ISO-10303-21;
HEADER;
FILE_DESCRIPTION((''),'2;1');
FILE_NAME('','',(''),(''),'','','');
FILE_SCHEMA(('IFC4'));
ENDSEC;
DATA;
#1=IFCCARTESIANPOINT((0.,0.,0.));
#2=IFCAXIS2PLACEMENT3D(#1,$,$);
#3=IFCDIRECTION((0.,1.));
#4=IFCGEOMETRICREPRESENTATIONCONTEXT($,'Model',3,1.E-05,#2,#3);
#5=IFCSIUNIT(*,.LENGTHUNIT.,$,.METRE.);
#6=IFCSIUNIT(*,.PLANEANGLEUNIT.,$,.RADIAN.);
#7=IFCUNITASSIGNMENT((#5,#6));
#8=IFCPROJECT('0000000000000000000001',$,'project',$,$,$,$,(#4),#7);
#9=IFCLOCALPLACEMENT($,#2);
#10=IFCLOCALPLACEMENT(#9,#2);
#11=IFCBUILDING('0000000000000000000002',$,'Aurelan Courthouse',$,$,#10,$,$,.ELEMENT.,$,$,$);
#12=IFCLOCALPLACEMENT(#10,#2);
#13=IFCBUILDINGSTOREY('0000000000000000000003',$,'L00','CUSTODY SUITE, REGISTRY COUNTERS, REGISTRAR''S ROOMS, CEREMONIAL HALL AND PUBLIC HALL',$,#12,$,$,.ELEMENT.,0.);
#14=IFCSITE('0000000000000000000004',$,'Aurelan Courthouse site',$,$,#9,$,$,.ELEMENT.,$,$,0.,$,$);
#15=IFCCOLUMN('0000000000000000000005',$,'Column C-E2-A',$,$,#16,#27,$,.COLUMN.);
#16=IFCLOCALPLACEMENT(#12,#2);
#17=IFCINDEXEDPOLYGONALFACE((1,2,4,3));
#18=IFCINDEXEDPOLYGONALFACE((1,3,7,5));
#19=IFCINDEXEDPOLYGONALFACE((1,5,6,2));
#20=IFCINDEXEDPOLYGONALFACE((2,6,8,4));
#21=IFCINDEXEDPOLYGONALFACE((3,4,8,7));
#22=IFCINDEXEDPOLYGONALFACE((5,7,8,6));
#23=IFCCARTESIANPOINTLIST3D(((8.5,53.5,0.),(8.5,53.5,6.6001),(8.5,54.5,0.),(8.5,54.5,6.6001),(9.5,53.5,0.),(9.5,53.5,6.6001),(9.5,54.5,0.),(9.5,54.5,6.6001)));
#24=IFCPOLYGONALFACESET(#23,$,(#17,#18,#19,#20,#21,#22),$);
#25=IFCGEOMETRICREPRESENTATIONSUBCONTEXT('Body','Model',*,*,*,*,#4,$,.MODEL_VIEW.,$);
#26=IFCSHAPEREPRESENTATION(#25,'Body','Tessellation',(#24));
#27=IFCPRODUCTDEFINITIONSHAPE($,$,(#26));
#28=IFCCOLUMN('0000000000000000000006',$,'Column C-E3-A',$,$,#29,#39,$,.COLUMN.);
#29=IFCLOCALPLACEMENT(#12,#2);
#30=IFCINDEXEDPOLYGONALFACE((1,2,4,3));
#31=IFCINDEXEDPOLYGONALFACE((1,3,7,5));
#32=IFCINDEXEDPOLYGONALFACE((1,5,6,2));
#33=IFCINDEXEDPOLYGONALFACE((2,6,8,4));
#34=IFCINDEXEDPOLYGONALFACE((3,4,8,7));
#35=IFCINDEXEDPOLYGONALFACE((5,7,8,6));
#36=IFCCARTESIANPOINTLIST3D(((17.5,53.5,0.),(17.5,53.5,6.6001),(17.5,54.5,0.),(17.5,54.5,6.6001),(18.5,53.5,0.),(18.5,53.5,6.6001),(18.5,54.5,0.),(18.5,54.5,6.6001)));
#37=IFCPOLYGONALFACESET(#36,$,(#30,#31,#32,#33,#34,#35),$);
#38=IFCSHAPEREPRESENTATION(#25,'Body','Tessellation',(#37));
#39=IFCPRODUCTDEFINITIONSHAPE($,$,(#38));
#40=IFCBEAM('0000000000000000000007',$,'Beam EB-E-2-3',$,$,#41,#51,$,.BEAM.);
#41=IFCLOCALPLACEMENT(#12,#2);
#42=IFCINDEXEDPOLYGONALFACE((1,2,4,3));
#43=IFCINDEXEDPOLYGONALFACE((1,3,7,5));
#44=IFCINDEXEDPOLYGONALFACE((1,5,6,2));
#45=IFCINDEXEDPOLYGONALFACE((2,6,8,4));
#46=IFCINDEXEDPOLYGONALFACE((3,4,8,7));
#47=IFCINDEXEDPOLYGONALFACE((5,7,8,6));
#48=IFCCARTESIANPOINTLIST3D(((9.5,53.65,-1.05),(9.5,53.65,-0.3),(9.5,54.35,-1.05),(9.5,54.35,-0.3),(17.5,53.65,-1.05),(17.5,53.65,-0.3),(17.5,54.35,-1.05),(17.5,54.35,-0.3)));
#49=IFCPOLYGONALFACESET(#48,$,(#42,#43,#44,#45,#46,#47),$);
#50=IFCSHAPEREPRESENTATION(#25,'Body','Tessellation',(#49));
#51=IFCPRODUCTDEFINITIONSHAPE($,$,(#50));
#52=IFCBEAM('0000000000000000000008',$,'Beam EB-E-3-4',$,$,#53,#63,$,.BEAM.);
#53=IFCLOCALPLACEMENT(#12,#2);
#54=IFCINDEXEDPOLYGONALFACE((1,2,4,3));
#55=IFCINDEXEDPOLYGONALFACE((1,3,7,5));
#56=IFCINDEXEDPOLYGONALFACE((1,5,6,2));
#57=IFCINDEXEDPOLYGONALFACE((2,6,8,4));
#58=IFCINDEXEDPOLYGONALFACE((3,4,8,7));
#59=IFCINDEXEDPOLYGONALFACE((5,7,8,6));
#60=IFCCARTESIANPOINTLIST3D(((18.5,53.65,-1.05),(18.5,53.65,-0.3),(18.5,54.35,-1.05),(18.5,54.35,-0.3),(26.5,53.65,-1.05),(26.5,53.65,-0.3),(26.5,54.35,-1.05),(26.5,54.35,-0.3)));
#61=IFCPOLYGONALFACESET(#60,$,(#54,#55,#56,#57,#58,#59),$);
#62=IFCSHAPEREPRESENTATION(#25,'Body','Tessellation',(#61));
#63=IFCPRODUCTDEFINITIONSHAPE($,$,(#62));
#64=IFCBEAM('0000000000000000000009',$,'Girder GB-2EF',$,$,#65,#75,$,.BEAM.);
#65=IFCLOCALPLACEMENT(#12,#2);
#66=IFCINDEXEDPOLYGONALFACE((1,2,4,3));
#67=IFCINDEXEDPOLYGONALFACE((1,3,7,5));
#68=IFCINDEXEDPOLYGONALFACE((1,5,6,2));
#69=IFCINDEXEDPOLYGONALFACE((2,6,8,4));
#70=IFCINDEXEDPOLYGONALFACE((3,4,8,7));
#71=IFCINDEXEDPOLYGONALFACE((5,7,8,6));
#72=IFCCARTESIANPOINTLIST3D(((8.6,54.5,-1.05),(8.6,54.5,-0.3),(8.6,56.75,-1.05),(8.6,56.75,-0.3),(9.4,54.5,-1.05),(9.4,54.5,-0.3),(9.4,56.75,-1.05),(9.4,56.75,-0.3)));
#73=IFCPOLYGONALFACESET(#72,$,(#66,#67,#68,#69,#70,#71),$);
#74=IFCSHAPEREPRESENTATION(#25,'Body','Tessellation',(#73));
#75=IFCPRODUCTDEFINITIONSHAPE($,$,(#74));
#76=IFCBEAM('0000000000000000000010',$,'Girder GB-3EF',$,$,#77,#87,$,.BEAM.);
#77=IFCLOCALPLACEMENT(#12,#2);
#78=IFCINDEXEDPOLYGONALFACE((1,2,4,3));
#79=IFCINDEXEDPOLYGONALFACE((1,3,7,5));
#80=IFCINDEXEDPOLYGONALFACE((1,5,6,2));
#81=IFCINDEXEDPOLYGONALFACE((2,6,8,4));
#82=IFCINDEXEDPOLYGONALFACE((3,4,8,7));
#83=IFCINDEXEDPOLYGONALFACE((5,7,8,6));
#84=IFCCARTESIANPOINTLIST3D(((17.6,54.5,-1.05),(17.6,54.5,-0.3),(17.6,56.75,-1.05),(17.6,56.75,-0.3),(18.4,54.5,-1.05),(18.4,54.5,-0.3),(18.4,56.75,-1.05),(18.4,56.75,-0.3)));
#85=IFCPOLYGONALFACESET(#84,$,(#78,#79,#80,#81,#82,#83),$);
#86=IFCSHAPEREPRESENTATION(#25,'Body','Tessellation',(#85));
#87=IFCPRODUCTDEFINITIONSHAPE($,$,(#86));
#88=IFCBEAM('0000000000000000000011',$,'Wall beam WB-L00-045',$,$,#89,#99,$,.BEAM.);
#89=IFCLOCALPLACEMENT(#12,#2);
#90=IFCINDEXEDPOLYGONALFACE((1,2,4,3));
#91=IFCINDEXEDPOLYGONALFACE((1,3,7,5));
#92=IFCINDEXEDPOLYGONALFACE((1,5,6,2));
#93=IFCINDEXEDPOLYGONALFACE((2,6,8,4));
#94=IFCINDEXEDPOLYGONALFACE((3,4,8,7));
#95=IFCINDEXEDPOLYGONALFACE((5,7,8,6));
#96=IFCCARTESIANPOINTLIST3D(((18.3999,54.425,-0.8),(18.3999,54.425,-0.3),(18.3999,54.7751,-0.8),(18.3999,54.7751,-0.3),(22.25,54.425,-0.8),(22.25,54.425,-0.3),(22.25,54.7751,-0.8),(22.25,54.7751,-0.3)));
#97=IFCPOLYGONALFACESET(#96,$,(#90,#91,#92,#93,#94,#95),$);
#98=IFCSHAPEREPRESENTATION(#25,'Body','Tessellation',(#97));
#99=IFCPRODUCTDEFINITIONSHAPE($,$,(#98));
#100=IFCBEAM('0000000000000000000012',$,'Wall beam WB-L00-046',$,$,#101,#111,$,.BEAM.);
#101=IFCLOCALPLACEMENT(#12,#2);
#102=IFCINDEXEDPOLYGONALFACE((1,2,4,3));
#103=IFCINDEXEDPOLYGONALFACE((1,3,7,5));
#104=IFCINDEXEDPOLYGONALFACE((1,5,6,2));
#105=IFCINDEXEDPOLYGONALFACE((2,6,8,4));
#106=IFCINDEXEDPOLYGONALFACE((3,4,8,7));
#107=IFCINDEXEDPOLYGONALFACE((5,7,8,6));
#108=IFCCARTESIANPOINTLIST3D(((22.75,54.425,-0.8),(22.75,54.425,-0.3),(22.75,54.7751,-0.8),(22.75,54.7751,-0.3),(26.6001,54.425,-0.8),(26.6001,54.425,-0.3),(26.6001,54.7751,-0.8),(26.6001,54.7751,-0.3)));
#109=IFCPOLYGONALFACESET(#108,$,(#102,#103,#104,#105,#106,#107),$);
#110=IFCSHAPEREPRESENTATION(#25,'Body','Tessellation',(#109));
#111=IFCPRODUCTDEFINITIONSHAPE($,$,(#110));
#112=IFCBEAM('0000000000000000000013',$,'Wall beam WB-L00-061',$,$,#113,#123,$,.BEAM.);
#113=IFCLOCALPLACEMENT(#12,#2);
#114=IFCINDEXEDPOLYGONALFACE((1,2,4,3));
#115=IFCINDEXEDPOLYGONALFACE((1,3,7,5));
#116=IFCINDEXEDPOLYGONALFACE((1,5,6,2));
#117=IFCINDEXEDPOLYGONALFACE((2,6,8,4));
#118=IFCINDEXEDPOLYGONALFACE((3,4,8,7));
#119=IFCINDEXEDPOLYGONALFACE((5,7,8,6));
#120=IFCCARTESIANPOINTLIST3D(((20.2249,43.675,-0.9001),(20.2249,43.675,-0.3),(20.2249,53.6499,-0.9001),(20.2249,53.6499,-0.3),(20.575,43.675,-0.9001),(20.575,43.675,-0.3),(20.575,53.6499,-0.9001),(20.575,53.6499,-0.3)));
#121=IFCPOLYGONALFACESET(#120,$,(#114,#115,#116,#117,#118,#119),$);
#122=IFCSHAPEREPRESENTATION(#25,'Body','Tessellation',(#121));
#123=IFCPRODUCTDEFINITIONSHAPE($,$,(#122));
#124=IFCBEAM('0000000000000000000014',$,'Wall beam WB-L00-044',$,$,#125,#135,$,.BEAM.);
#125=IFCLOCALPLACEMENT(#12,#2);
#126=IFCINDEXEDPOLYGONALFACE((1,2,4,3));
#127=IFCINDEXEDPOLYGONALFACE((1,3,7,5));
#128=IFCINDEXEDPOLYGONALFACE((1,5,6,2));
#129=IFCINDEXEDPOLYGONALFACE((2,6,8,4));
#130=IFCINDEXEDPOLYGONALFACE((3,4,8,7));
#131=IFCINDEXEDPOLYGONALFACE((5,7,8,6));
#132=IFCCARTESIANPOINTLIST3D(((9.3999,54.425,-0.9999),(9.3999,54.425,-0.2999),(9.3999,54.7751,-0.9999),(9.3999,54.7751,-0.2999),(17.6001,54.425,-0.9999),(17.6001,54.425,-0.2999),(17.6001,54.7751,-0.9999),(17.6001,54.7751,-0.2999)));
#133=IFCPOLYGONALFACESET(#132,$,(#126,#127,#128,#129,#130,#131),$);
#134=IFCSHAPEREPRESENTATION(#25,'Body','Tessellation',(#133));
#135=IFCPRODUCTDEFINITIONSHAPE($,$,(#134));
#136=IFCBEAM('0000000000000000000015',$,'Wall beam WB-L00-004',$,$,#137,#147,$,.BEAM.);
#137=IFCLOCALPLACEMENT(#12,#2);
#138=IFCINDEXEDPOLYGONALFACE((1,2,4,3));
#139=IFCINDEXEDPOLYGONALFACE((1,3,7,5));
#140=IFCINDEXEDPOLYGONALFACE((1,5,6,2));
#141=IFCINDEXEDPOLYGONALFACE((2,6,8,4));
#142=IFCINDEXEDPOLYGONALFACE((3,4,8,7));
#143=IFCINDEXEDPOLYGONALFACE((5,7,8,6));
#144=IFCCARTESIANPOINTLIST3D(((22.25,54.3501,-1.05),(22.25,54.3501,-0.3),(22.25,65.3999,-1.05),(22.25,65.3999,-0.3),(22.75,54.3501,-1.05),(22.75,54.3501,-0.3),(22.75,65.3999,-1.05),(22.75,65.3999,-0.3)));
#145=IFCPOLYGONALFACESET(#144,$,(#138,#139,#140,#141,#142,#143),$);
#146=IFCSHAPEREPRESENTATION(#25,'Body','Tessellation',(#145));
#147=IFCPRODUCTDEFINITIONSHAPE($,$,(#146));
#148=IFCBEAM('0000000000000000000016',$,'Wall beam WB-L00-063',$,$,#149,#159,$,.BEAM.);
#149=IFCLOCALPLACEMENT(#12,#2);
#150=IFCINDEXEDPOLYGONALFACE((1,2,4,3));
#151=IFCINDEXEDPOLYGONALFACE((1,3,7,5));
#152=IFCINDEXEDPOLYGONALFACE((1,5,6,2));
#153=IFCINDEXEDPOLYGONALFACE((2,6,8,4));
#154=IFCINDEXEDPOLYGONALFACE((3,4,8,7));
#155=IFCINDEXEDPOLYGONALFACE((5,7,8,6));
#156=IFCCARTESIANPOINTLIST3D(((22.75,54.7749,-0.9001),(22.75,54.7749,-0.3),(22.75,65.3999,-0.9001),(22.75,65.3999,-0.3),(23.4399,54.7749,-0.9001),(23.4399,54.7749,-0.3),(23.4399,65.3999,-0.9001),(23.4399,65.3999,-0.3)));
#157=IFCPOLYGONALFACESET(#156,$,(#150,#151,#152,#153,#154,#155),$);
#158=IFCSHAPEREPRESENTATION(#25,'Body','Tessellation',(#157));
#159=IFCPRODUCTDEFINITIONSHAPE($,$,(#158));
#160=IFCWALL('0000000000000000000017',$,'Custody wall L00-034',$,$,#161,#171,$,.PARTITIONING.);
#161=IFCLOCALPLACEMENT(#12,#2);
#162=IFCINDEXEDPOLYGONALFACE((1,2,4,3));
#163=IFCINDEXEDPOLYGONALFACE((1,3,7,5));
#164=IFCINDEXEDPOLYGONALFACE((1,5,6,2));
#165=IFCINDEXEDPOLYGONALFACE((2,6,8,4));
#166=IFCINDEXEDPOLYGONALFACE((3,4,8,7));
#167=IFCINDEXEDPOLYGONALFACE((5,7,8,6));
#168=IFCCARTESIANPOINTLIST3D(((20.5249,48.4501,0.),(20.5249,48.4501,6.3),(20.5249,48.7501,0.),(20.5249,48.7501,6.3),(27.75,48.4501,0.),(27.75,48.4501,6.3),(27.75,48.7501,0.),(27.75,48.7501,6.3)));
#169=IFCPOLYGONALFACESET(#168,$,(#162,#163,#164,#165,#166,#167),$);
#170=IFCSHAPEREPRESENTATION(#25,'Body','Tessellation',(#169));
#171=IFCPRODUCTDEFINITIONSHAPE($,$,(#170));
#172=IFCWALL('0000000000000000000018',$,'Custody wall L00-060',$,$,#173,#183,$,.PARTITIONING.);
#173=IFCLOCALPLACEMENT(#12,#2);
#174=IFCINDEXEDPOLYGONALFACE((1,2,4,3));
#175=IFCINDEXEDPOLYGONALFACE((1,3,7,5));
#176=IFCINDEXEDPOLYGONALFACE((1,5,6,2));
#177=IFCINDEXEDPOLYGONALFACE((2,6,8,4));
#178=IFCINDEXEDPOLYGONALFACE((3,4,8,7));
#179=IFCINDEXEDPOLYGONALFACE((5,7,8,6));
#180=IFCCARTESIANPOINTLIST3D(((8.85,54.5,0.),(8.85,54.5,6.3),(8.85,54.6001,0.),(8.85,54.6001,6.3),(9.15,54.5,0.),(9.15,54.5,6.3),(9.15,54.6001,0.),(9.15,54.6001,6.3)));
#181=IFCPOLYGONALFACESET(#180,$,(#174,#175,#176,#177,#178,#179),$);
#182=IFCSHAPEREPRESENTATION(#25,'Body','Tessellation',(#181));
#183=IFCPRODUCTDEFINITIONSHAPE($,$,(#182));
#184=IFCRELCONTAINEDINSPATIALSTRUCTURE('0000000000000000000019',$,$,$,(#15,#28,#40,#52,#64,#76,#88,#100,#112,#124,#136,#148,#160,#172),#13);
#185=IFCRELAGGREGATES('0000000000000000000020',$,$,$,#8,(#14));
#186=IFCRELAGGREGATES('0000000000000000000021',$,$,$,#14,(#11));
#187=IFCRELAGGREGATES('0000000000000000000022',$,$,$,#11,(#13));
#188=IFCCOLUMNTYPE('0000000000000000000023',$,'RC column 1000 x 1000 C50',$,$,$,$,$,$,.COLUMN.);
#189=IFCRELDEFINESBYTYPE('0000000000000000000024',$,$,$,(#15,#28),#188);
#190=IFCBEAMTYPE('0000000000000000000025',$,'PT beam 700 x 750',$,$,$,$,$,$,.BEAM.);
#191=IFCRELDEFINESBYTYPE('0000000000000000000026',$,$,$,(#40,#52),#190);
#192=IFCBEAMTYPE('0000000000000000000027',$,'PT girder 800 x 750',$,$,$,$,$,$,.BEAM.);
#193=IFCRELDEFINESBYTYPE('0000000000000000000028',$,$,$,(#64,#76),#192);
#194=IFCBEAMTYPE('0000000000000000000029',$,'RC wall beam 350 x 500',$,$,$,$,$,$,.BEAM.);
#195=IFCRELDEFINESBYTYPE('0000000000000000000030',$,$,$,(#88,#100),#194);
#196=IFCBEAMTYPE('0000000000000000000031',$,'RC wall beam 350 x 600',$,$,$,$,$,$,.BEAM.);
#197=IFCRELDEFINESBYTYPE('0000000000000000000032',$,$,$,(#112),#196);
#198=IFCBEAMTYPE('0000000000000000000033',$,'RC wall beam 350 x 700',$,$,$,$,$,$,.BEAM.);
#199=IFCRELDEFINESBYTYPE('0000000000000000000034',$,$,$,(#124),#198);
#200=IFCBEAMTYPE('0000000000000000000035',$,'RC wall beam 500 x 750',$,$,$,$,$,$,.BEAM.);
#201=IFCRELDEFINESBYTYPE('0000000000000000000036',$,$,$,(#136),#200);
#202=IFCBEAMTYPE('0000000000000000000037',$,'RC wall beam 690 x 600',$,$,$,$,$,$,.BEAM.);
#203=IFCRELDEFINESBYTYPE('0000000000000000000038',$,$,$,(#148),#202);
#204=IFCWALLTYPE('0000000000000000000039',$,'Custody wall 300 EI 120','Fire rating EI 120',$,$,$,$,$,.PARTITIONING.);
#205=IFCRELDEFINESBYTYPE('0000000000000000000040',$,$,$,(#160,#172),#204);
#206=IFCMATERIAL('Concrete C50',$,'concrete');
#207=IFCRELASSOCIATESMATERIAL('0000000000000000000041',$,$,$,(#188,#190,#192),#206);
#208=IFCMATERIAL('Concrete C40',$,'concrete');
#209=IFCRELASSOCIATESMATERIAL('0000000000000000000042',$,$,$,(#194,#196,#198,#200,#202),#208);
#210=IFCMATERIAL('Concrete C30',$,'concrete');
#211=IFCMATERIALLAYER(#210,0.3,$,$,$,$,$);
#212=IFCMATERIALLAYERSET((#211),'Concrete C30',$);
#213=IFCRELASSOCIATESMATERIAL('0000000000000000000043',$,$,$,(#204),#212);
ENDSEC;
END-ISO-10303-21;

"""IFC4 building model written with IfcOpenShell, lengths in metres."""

from ifc_helpers import new_model, si_unit, direction, frame, frame_2d, origin, origin_2d, place, context, subcontext, project, spatial, rectangle, extrude, material, layer, layer_set, material_profile, profile_set, type_object, element, save


model = new_model("IFC4")

# Units and contexts
model_context = context("Model", 3, precision=1e-05, world=origin(), true_north=direction((0.0, 1.0)))
body_context = subcontext(model_context, "Body", "Model", "MODEL_VIEW")
ifc_project = project(units=[si_unit("LENGTHUNIT", "METRE"), si_unit("PLANEANGLEUNIT", "RADIAN")], contexts=[model_context])

# Site, building, storey
site_placement = place(None, origin())
site = spatial("IfcSite", under=ifc_project, at=site_placement, Name="Aurelan Courthouse site", CompositionType="ELEMENT", RefElevation=0.0)
building_placement = place(site_placement, origin())
building = spatial("IfcBuilding", under=site, at=building_placement, Name="Aurelan Courthouse", CompositionType="ELEMENT")
storey_placement = place(building_placement, origin())
storey = spatial("IfcBuildingStorey", under=building, at=storey_placement, Name="L00", Description="CUSTODY SUITE, REGISTRY COUNTERS, REGISTRAR'S ROOMS, CEREMONIAL HALL AND PUBLIC HALL", CompositionType="ELEMENT", Elevation=0.0)

# Columns
ifc_material_1 = material(Name="Concrete C50", Category="concrete")
ifc_material_profile_1 = material_profile(ifc_material_1, rectangle(XDim=1.0, YDim=1.0, at=origin_2d()), Name="RC 1000 x 1000")
ifc_profile_set_1 = profile_set([ifc_material_profile_1], Name="Concrete C50")
column_type = type_object("IfcColumnType", Name="RC column 1000 x 1000 C50", PredefinedType="COLUMN", material=ifc_profile_set_1)
for number, where, z_axis, x_axis, name in (
    (1, (9.0, 54.0, 0.0), (0.0, 0.0, 1.0), (1.0, 0.0, 0.0), "Column C-E2-A"),
    (2, (18.0, 54.0, 0.0), (0.0, 0.0, 1.0), (1.0, 0.0, 0.0), "Column C-E3-A"),
):
    element("IfcColumn", number, at=place(storey_placement, frame(where, z_axis=z_axis, x_axis=x_axis)), inside=storey, type_object=column_type, Name=name, PredefinedType="COLUMN", context=body_context, shape_type="SweptSolid", body=[
        extrude(rectangle(XDim=1.0, YDim=1.0, at=origin_2d()), origin(), (0.0, 0.0, 1.0), 6.6001),
    ])

# Beams
ifc_material_profile_2 = material_profile(ifc_material_1, rectangle(XDim=0.7, YDim=0.75, at=origin_2d()), Name="RC 700 x 750")
ifc_profile_set_2 = profile_set([ifc_material_profile_2], Name="Concrete C50")
beam_type_1 = type_object("IfcBeamType", Name="PT beam 700 x 750", PredefinedType="BEAM", material=ifc_profile_set_2)
for number, where, z_axis, x_axis, name in (
    (3, (9.5, 54.0, -0.675), (1.0, 0.0, 0.0), (0.0, 1.0, 0.0), "Beam EB-E-2-3"),
    (4, (18.5, 54.0, -0.675), (1.0, 0.0, 0.0), (0.0, 1.0, 0.0), "Beam EB-E-3-4"),
):
    element("IfcBeam", number, at=place(storey_placement, frame(where, z_axis=z_axis, x_axis=x_axis)), inside=storey, type_object=beam_type_1, Name=name, PredefinedType="BEAM", context=body_context, shape_type="SweptSolid", body=[
        extrude(rectangle(XDim=0.7, YDim=0.75, at=origin_2d()), origin(), (0.0, 0.0, 1.0), 8.0),
    ])
ifc_material_profile_3 = material_profile(ifc_material_1, rectangle(XDim=0.8, YDim=0.75, at=origin_2d()), Name="RC 800 x 750")
ifc_profile_set_3 = profile_set([ifc_material_profile_3], Name="Concrete C50")
beam_type_2 = type_object("IfcBeamType", Name="PT girder 800 x 750", PredefinedType="BEAM", material=ifc_profile_set_3)
for number, where, z_axis, x_axis, name in (
    (5, (9.0, 54.5, -0.675), (0.0, 1.0, 0.0), (-1.0, 0.0, 0.0), "Girder GB-2EF"),
    (6, (18.0, 54.5, -0.675), (0.0, 1.0, 0.0), (-1.0, 0.0, 0.0), "Girder GB-3EF"),
):
    element("IfcBeam", number, at=place(storey_placement, frame(where, z_axis=z_axis, x_axis=x_axis)), inside=storey, type_object=beam_type_2, Name=name, PredefinedType="BEAM", context=body_context, shape_type="SweptSolid", body=[
        extrude(rectangle(XDim=0.8, YDim=0.75, at=origin_2d()), origin(), (0.0, 0.0, 1.0), 2.25),
    ])
ifc_material_2 = material(Name="Concrete C40", Category="concrete")
ifc_material_profile_4 = material_profile(ifc_material_2, rectangle(XDim=0.3501, YDim=0.5, at=origin_2d()), Name="RC 350 x 500")
ifc_profile_set_4 = profile_set([ifc_material_profile_4], Name="Concrete C40")
beam_type_3 = type_object("IfcBeamType", Name="RC wall beam 350 x 500", PredefinedType="BEAM", material=ifc_profile_set_4)
for number, where, z_axis, x_axis, name in (
    (7, (18.3999, 54.6001, -0.55), (1.0, 0.0, 0.0), (0.0, 1.0, 0.0), "Wall beam WB-L00-045"),
    (8, (22.75, 54.6001, -0.55), (1.0, 0.0, 0.0), (0.0, 1.0, 0.0), "Wall beam WB-L00-046"),
):
    element("IfcBeam", number, at=place(storey_placement, frame(where, z_axis=z_axis, x_axis=x_axis)), inside=storey, type_object=beam_type_3, Name=name, PredefinedType="BEAM", context=body_context, shape_type="SweptSolid", body=[
        extrude(rectangle(XDim=0.3501, YDim=0.5, at=origin_2d()), origin(), (0.0, 0.0, 1.0), 3.8501),
    ])
ifc_material_profile_5 = material_profile(ifc_material_2, rectangle(XDim=0.3501, YDim=0.6001, at=origin_2d()), Name="RC 350 x 600")
ifc_profile_set_5 = profile_set([ifc_material_profile_5], Name="Concrete C40")
beam_type_4 = type_object("IfcBeamType", Name="RC wall beam 350 x 600", PredefinedType="BEAM", material=ifc_profile_set_5)
beam_1_placement = place(storey_placement, frame((20.3999, 43.675, -0.6001), z_axis=(0.0, 1.0, 0.0), x_axis=(-1.0, 0.0, 0.0)))
element("IfcBeam", 9, at=beam_1_placement, inside=storey, type_object=beam_type_4, Name="Wall beam WB-L00-061", PredefinedType="BEAM", context=body_context, shape_type="SweptSolid", body=[
    extrude(rectangle(XDim=0.3501, YDim=0.6001, at=origin_2d()), origin(), (0.0, 0.0, 1.0), 9.9749),
])
ifc_material_profile_6 = material_profile(ifc_material_2, rectangle(XDim=0.3501, YDim=0.7, at=origin_2d()), Name="RC 350 x 700")
ifc_profile_set_6 = profile_set([ifc_material_profile_6], Name="Concrete C40")
beam_type_5 = type_object("IfcBeamType", Name="RC wall beam 350 x 700", PredefinedType="BEAM", material=ifc_profile_set_6)
beam_2_placement = place(storey_placement, frame((9.3999, 54.6001, -0.6499), z_axis=(1.0, 0.0, 0.0), x_axis=(0.0, 1.0, 0.0)))
element("IfcBeam", 10, at=beam_2_placement, inside=storey, type_object=beam_type_5, Name="Wall beam WB-L00-044", PredefinedType="BEAM", context=body_context, shape_type="SweptSolid", body=[
    extrude(rectangle(XDim=0.3501, YDim=0.7, at=origin_2d()), origin(), (0.0, 0.0, 1.0), 8.2002),
])
ifc_material_profile_7 = material_profile(ifc_material_2, rectangle(XDim=0.5, YDim=0.75, at=origin_2d()), Name="RC 500 x 750")
ifc_profile_set_7 = profile_set([ifc_material_profile_7], Name="Concrete C40")
beam_type_6 = type_object("IfcBeamType", Name="RC wall beam 500 x 750", PredefinedType="BEAM", material=ifc_profile_set_7)
beam_3_placement = place(storey_placement, frame((22.5, 54.3501, -0.675), z_axis=(0.0, 1.0, 0.0), x_axis=(-1.0, 0.0, 0.0)))
element("IfcBeam", 11, at=beam_3_placement, inside=storey, type_object=beam_type_6, Name="Wall beam WB-L00-004", PredefinedType="BEAM", context=body_context, shape_type="SweptSolid", body=[
    extrude(rectangle(XDim=0.5, YDim=0.75, at=origin_2d()), origin(), (0.0, 0.0, 1.0), 11.0498),
])
ifc_material_profile_8 = material_profile(ifc_material_2, rectangle(XDim=0.6899, YDim=0.6001, at=origin_2d()), Name="RC 690 x 600")
ifc_profile_set_8 = profile_set([ifc_material_profile_8], Name="Concrete C40")
beam_type_7 = type_object("IfcBeamType", Name="RC wall beam 690 x 600", PredefinedType="BEAM", material=ifc_profile_set_8)
beam_4_placement = place(storey_placement, frame((23.095, 54.7749, -0.6001), z_axis=(0.0, 1.0, 0.0), x_axis=(-1.0, 0.0, 0.0)))
element("IfcBeam", 12, at=beam_4_placement, inside=storey, type_object=beam_type_7, Name="Wall beam WB-L00-063", PredefinedType="BEAM", context=body_context, shape_type="SweptSolid", body=[
    extrude(rectangle(XDim=0.6899, YDim=0.6001, at=origin_2d()), origin(), (0.0, 0.0, 1.0), 10.625),
])

# Walls
ifc_material_3 = material(Name="Concrete C30", Category="concrete")
ifc_layer_1 = layer(ifc_material_3, 0.3)
ifc_layer_set_1 = layer_set([ifc_layer_1], Name="Concrete C30")
wall_type_1 = type_object("IfcWallType", Name="Custody wall 300 EI 120", Description="Fire rating EI 120", PredefinedType="PARTITIONING", material=ifc_layer_set_1)
wall_1_placement = place(storey_placement, frame((20.5249, 48.6001, 0.0), z_axis=(0.0, 0.0, 1.0), x_axis=(1.0, 0.0, 0.0)))
element("IfcWall", 13, at=wall_1_placement, inside=storey, type_object=wall_type_1, Name="Custody wall L00-034", PredefinedType="PARTITIONING", context=body_context, shape_type="SweptSolid", body=[
    extrude(rectangle(XDim=7.2251, YDim=0.3, at=frame_2d((3.6125, 0.0))), origin(), (0.0, 0.0, 1.0), 6.3),
])
wall_2_placement = place(storey_placement, frame((9.0, 54.5, 0.0), z_axis=(0.0, 0.0, 1.0), x_axis=(0.0, 1.0, 0.0)))
element("IfcWall", 14, at=wall_2_placement, inside=storey, type_object=wall_type_1, Name="Custody wall L00-060", PredefinedType="PARTITIONING", context=body_context, shape_type="SweptSolid", body=[
    extrude(rectangle(XDim=0.1001, YDim=0.3, at=frame_2d((0.05, 0.0))), origin(), (0.0, 0.0, 1.0), 6.3),
])

save(model, "model.ifc")
